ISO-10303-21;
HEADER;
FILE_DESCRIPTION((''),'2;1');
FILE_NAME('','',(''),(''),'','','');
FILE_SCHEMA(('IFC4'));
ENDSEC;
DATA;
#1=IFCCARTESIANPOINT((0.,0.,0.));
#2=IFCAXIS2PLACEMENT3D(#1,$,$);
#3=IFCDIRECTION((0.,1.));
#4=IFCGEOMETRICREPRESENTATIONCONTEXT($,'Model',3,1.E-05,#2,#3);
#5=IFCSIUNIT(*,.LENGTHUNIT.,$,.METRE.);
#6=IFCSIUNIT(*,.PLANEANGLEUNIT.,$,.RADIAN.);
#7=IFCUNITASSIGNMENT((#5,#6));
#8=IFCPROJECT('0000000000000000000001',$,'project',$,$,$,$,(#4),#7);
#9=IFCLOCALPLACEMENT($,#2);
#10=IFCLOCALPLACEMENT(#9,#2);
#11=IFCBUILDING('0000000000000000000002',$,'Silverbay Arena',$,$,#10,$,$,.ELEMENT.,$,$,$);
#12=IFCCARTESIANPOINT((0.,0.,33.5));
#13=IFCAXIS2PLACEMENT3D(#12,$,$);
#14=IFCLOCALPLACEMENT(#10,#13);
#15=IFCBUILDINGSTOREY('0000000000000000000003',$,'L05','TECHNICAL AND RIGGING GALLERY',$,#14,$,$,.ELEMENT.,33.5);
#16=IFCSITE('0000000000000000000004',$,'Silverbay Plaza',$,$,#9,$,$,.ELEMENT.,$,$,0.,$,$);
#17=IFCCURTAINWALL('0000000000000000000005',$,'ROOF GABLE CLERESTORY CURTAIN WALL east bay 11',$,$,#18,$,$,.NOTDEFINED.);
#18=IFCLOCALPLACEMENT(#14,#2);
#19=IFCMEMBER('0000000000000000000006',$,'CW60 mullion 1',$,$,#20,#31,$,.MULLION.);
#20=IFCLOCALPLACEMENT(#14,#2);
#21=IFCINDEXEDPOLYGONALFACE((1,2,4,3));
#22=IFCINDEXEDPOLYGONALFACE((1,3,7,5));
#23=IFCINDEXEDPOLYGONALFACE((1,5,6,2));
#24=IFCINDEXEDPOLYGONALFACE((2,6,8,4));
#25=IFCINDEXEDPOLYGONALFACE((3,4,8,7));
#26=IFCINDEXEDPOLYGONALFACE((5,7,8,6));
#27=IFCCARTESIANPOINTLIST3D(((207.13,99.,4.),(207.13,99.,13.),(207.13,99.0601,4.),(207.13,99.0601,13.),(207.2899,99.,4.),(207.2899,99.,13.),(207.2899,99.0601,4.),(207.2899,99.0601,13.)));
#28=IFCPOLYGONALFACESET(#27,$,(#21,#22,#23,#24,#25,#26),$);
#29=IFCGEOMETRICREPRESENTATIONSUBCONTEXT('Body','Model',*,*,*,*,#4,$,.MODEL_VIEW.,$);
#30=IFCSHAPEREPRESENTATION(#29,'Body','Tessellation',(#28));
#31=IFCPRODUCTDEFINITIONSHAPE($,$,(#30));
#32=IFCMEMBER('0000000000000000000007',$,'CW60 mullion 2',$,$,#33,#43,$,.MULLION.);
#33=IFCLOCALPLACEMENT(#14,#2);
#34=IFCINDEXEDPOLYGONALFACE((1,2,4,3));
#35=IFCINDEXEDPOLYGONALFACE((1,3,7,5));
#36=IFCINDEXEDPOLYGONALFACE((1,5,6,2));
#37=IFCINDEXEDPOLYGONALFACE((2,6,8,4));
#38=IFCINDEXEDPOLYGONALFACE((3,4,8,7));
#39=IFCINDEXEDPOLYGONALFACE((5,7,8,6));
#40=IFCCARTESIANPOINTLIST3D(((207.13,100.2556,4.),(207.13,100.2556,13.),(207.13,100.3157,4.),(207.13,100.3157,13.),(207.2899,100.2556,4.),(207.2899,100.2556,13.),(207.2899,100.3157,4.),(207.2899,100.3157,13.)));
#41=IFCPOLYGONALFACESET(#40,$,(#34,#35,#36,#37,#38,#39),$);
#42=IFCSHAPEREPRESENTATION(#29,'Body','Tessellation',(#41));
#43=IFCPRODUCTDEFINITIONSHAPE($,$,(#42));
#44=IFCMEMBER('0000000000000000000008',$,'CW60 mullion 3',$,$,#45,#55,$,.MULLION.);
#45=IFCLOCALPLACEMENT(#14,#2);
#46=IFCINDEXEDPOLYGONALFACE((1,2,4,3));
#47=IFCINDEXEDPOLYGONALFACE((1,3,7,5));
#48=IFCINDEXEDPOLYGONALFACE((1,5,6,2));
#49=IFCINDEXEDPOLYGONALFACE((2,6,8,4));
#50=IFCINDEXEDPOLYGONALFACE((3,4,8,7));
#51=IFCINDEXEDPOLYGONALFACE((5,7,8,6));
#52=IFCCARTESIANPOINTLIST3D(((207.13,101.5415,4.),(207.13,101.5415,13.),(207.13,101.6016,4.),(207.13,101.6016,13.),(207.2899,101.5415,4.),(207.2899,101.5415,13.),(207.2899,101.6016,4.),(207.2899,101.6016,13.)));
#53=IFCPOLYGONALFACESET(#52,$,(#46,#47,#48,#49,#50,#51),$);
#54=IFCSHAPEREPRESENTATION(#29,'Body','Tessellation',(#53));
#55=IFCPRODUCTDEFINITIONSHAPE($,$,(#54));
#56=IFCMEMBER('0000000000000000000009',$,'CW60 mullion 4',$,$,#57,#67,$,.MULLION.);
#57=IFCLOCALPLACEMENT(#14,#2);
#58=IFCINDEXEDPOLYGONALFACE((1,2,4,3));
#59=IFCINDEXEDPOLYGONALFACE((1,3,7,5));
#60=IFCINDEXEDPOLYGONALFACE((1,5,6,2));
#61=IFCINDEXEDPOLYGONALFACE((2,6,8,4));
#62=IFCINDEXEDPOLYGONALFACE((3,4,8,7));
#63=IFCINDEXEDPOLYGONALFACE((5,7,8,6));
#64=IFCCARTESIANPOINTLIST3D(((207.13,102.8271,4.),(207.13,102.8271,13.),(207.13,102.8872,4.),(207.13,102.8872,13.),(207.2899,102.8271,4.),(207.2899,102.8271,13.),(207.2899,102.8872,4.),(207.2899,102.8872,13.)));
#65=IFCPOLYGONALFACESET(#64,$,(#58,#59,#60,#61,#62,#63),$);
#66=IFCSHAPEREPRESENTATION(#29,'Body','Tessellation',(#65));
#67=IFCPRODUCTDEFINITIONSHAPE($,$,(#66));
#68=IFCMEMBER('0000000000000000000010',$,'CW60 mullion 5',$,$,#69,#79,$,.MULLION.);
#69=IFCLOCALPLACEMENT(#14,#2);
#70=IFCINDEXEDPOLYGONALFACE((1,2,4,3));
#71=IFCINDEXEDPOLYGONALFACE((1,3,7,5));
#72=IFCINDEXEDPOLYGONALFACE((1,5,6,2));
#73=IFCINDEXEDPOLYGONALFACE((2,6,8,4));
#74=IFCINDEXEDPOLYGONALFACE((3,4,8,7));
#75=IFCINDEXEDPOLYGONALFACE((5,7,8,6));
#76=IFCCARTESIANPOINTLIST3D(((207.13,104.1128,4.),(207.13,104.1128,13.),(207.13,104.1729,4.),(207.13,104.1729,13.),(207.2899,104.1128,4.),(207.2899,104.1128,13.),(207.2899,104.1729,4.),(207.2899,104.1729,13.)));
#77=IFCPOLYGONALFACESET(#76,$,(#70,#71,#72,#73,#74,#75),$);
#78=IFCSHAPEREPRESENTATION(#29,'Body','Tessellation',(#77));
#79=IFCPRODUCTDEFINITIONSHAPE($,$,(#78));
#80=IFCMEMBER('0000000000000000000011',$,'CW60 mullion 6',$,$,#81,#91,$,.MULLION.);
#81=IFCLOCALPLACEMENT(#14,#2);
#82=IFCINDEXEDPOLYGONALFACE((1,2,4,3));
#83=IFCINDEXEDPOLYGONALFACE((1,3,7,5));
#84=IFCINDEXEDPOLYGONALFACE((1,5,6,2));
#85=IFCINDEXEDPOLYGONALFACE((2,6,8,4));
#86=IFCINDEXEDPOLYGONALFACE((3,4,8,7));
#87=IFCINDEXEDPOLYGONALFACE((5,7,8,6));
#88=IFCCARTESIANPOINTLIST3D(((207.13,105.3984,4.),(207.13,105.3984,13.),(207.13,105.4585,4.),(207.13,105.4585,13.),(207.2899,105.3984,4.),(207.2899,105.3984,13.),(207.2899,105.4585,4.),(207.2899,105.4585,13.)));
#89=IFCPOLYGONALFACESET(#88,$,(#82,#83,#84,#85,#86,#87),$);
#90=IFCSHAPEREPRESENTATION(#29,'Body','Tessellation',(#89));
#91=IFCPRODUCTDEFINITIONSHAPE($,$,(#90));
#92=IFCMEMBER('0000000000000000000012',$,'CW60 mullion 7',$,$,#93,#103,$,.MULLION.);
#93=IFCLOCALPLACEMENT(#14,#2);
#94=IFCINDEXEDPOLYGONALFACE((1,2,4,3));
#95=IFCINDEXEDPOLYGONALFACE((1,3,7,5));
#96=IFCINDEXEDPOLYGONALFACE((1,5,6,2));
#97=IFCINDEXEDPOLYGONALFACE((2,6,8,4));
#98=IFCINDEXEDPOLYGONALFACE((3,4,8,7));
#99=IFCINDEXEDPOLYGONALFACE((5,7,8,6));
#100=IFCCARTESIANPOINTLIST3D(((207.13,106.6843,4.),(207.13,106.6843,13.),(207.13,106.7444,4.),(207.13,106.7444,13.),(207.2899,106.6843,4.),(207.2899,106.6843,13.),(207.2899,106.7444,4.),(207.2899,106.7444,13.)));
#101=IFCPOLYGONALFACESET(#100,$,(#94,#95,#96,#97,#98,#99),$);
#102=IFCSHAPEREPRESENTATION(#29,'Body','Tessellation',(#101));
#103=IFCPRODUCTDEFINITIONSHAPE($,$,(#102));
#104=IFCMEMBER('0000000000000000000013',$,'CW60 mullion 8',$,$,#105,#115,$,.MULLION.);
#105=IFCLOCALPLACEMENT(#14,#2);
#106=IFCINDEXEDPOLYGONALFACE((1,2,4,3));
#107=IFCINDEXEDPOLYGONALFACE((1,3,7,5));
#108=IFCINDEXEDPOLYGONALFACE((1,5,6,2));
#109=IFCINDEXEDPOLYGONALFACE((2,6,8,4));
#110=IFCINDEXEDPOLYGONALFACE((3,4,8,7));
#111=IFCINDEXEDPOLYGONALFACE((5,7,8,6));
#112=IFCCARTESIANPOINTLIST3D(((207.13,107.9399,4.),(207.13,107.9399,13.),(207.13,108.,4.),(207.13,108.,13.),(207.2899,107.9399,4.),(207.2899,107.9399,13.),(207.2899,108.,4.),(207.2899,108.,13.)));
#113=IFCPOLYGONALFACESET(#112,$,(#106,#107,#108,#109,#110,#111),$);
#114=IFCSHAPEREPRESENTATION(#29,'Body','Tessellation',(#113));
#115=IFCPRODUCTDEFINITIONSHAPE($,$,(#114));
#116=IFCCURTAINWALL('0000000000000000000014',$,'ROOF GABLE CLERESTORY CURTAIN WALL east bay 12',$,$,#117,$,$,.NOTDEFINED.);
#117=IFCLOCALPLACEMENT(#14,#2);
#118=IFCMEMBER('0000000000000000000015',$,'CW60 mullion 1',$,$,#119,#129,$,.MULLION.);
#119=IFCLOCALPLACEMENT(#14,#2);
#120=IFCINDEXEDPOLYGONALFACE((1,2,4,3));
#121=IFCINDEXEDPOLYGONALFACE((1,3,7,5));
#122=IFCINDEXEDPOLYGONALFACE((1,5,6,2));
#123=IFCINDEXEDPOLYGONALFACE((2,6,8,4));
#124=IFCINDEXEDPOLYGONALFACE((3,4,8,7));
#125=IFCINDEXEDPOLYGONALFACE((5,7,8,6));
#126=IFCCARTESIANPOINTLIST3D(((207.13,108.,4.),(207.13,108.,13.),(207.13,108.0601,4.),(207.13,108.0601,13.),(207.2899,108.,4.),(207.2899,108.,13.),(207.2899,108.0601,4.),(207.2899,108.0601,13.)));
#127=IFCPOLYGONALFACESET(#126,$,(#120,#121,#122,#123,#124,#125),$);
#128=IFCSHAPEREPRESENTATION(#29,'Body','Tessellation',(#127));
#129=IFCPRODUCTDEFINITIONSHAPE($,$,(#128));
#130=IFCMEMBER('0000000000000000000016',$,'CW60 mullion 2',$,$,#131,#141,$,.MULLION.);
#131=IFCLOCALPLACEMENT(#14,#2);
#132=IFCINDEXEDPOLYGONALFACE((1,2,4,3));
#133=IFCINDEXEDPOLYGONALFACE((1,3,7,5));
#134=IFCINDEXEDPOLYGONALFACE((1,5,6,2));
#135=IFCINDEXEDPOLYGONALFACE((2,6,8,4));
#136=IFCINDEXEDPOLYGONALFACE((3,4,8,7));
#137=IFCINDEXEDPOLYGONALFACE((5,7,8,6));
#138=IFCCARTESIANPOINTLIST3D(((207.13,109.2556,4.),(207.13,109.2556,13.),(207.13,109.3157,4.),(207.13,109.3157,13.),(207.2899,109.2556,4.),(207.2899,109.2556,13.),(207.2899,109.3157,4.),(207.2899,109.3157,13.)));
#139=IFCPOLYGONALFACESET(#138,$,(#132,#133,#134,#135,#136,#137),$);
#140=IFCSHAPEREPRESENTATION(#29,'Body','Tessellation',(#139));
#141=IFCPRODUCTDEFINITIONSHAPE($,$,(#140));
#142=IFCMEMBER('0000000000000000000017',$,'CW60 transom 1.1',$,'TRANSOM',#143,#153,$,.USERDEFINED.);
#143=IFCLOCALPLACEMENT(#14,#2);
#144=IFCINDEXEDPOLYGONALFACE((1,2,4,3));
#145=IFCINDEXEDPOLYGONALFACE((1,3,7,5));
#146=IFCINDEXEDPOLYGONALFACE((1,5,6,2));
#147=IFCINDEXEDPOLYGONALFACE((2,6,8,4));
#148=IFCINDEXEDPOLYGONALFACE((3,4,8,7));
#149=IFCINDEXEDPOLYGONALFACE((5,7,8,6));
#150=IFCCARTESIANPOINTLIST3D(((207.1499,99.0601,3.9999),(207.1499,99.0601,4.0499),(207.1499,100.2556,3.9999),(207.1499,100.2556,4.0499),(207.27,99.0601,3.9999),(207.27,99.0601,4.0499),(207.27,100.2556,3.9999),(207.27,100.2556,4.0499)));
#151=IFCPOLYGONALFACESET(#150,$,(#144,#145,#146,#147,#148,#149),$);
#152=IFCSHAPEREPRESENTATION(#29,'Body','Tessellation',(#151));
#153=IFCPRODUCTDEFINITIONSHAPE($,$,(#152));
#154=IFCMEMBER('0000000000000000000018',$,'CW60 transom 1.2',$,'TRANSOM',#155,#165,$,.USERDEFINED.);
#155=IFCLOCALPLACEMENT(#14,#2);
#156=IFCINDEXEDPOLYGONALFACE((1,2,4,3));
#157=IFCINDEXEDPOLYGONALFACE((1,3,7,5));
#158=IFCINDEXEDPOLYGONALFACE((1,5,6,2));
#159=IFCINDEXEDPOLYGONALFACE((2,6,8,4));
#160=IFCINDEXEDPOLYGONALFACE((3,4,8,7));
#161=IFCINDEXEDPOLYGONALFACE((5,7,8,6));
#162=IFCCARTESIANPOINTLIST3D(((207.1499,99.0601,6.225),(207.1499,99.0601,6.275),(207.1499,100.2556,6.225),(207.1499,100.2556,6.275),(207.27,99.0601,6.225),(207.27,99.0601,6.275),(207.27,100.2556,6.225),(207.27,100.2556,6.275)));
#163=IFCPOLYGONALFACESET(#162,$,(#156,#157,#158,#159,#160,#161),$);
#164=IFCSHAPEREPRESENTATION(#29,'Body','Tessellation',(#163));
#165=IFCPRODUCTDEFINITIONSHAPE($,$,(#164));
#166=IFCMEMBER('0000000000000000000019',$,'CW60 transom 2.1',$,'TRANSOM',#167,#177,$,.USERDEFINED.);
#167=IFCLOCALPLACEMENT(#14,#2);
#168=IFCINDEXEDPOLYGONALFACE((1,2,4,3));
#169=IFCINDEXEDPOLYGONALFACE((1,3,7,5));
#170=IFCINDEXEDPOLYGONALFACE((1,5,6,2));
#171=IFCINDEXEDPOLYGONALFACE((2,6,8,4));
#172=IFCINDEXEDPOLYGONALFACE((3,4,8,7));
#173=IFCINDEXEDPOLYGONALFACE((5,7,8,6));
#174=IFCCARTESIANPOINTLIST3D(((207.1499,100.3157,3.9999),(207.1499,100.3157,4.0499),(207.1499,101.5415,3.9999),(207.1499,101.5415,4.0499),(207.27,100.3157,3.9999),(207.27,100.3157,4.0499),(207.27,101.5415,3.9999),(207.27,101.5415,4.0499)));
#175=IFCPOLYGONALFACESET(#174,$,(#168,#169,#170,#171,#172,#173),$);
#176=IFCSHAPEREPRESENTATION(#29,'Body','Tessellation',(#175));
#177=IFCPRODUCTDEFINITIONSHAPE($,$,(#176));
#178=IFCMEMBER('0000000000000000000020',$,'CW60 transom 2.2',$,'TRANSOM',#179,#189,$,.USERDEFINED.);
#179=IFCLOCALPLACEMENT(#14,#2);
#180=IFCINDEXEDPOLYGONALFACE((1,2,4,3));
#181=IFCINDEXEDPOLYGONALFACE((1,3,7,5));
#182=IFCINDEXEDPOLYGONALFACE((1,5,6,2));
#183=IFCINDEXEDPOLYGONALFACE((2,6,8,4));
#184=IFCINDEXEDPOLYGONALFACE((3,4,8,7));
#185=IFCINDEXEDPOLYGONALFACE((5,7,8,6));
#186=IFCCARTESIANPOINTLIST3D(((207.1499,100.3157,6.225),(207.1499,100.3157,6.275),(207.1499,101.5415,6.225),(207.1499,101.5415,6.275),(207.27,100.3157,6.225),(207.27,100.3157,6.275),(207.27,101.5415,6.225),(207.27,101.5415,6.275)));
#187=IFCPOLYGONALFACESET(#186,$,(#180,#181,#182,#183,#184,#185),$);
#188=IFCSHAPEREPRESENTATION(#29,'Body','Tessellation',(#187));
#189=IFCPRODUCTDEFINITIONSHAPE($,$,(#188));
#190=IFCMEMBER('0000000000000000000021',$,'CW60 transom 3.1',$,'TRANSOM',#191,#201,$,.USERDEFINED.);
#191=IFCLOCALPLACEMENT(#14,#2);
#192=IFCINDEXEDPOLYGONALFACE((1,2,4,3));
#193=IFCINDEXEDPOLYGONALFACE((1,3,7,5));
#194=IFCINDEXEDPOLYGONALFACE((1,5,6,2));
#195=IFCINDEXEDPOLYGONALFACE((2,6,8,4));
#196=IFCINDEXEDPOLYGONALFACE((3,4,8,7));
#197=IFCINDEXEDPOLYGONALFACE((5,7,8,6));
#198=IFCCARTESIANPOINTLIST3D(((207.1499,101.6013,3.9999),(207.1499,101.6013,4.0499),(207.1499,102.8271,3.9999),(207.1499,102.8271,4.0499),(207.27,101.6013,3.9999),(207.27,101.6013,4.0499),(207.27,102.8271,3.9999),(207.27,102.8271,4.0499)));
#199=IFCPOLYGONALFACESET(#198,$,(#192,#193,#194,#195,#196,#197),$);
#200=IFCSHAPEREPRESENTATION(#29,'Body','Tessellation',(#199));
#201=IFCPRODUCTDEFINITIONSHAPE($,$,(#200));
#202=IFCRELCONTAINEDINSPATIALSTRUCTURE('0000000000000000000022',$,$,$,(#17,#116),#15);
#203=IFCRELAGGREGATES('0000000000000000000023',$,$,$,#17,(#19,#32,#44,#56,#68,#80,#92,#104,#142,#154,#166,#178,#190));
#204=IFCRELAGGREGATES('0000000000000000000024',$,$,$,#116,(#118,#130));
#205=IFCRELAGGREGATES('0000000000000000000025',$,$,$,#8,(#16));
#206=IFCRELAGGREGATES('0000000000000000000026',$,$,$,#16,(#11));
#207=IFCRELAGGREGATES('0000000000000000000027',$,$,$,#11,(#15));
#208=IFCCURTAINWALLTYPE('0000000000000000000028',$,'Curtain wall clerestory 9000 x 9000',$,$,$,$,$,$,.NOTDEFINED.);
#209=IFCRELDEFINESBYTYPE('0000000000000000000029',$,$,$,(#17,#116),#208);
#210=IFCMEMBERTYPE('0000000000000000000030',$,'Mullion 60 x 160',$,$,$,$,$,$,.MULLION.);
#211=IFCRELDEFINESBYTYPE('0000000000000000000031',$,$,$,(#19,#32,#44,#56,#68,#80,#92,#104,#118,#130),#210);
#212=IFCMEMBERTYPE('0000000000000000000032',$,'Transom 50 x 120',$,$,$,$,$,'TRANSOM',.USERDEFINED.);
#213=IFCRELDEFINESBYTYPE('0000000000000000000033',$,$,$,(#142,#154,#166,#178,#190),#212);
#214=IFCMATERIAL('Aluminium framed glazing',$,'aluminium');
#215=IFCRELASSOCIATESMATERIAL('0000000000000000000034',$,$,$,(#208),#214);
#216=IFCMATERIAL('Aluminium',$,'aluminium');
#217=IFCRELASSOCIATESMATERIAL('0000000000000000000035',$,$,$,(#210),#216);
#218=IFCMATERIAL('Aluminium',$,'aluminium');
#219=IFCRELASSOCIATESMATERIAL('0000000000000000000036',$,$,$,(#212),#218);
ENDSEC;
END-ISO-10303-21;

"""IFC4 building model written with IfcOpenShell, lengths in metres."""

from ifc_helpers import new_model, si_unit, direction, frame, origin, origin_2d, place, context, subcontext, project, spatial, rectangle, extrude, material, material_profile, profile_set, type_object, element, aggregate, save


model = new_model("IFC4")

# Units and contexts
model_context = context("Model", 3, precision=1e-05, world=origin(), true_north=direction((0.0, 1.0)))
body_context = subcontext(model_context, "Body", "Model", "MODEL_VIEW")
ifc_project = project(units=[si_unit("LENGTHUNIT", "METRE"), si_unit("PLANEANGLEUNIT", "RADIAN")], contexts=[model_context])

# Site, building, storey
site_placement = place(None, origin())
site = spatial("IfcSite", under=ifc_project, at=site_placement, Name="Silverbay Plaza", CompositionType="ELEMENT", RefElevation=0.0)
building_placement = place(site_placement, origin())
building = spatial("IfcBuilding", under=site, at=building_placement, Name="Silverbay Arena", CompositionType="ELEMENT")
storey_placement = place(building_placement, frame((0.0, 0.0, 33.5)))
storey = spatial("IfcBuildingStorey", under=building, at=storey_placement, Name="L05", Description="TECHNICAL AND RIGGING GALLERY", CompositionType="ELEMENT", Elevation=33.5)

# Curtain walls, members
ifc_material_1 = material(Name="Aluminium framed glazing", Category="aluminium")
curtain_wall_type = type_object("IfcCurtainWallType", Name="Curtain wall clerestory 9000 x 9000", PredefinedType="NOTDEFINED", material=ifc_material_1)
curtain_wall_1_placement = place(storey_placement, origin())
curtain_wall_1 = element("IfcCurtainWall", 1, at=curtain_wall_1_placement, inside=storey, type_object=curtain_wall_type, Name="ROOF GABLE CLERESTORY CURTAIN WALL east bay 11", PredefinedType="NOTDEFINED")
ifc_material_2 = material(Name="Aluminium", Category="aluminium")
ifc_material_profile_1 = material_profile(ifc_material_2, rectangle(XDim=0.1599, YDim=0.0601, at=origin_2d()), Name="Mullion 60 x 160")
ifc_profile_set_1 = profile_set([ifc_material_profile_1], Name="Aluminium")
member_type_1 = type_object("IfcMemberType", Name="Mullion 60 x 160", PredefinedType="MULLION", material=ifc_profile_set_1)
member_1_placement = place(storey_placement, frame((207.21, 99.03, 4.0), z_axis=(0.0, 0.0, 1.0), x_axis=(-1.0, 0.0, 0.0)))
member_1 = element("IfcMember", 2, at=member_1_placement, type_object=member_type_1, Name="CW60 mullion 1", PredefinedType="MULLION", context=body_context, shape_type="SweptSolid", body=[
    extrude(rectangle(XDim=0.1599, YDim=0.0601, at=origin_2d()), origin(), (0.0, 0.0, 1.0), 9.0),
])
member_2_placement = place(storey_placement, frame((207.21, 100.2856, 4.0), z_axis=(0.0, 0.0, 1.0), x_axis=(-1.0, 0.0, 0.0)))
member_2 = element("IfcMember", 3, at=member_2_placement, type_object=member_type_1, Name="CW60 mullion 2", PredefinedType="MULLION", context=body_context, shape_type="SweptSolid", body=[
    extrude(rectangle(XDim=0.1599, YDim=0.0601, at=origin_2d()), origin(), (0.0, 0.0, 1.0), 9.0),
])
member_3_placement = place(storey_placement, frame((207.21, 101.5715, 4.0), z_axis=(0.0, 0.0, 1.0), x_axis=(-1.0, 0.0, 0.0)))
member_3 = element("IfcMember", 4, at=member_3_placement, type_object=member_type_1, Name="CW60 mullion 3", PredefinedType="MULLION", context=body_context, shape_type="SweptSolid", body=[
    extrude(rectangle(XDim=0.1599, YDim=0.0601, at=origin_2d()), origin(), (0.0, 0.0, 1.0), 9.0),
])
member_4_placement = place(storey_placement, frame((207.21, 102.8572, 4.0), z_axis=(0.0, 0.0, 1.0), x_axis=(-1.0, 0.0, 0.0)))
member_4 = element("IfcMember", 5, at=member_4_placement, type_object=member_type_1, Name="CW60 mullion 4", PredefinedType="MULLION", context=body_context, shape_type="SweptSolid", body=[
    extrude(rectangle(XDim=0.1599, YDim=0.0601, at=origin_2d()), origin(), (0.0, 0.0, 1.0), 9.0),
])
member_5_placement = place(storey_placement, frame((207.21, 104.1428, 4.0), z_axis=(0.0, 0.0, 1.0), x_axis=(-1.0, 0.0, 0.0)))
member_5 = element("IfcMember", 6, at=member_5_placement, type_object=member_type_1, Name="CW60 mullion 5", PredefinedType="MULLION", context=body_context, shape_type="SweptSolid", body=[
    extrude(rectangle(XDim=0.1599, YDim=0.0601, at=origin_2d()), origin(), (0.0, 0.0, 1.0), 9.0),
])
member_6_placement = place(storey_placement, frame((207.21, 105.4285, 4.0), z_axis=(0.0, 0.0, 1.0), x_axis=(-1.0, 0.0, 0.0)))
member_6 = element("IfcMember", 7, at=member_6_placement, type_object=member_type_1, Name="CW60 mullion 6", PredefinedType="MULLION", context=body_context, shape_type="SweptSolid", body=[
    extrude(rectangle(XDim=0.1599, YDim=0.0601, at=origin_2d()), origin(), (0.0, 0.0, 1.0), 9.0),
])
member_7_placement = place(storey_placement, frame((207.21, 106.7144, 4.0), z_axis=(0.0, 0.0, 1.0), x_axis=(-1.0, 0.0, 0.0)))
member_7 = element("IfcMember", 8, at=member_7_placement, type_object=member_type_1, Name="CW60 mullion 7", PredefinedType="MULLION", context=body_context, shape_type="SweptSolid", body=[
    extrude(rectangle(XDim=0.1599, YDim=0.0601, at=origin_2d()), origin(), (0.0, 0.0, 1.0), 9.0),
])
member_8_placement = place(storey_placement, frame((207.21, 107.97, 4.0), z_axis=(0.0, 0.0, 1.0), x_axis=(-1.0, 0.0, 0.0)))
member_8 = element("IfcMember", 9, at=member_8_placement, type_object=member_type_1, Name="CW60 mullion 8", PredefinedType="MULLION", context=body_context, shape_type="SweptSolid", body=[
    extrude(rectangle(XDim=0.1599, YDim=0.0601, at=origin_2d()), origin(), (0.0, 0.0, 1.0), 9.0),
])
curtain_wall_2_placement = place(storey_placement, origin())
curtain_wall_2 = element("IfcCurtainWall", 10, at=curtain_wall_2_placement, inside=storey, type_object=curtain_wall_type, Name="ROOF GABLE CLERESTORY CURTAIN WALL east bay 12", PredefinedType="NOTDEFINED")
member_9_placement = place(storey_placement, frame((207.21, 108.03, 4.0), z_axis=(0.0, 0.0, 1.0), x_axis=(-1.0, 0.0, 0.0)))
member_9 = element("IfcMember", 11, at=member_9_placement, type_object=member_type_1, Name="CW60 mullion 1", PredefinedType="MULLION", context=body_context, shape_type="SweptSolid", body=[
    extrude(rectangle(XDim=0.1599, YDim=0.0601, at=origin_2d()), origin(), (0.0, 0.0, 1.0), 9.0),
])
member_10_placement = place(storey_placement, frame((207.21, 109.2856, 4.0), z_axis=(0.0, 0.0, 1.0), x_axis=(-1.0, 0.0, 0.0)))
member_10 = element("IfcMember", 12, at=member_10_placement, type_object=member_type_1, Name="CW60 mullion 2", PredefinedType="MULLION", context=body_context, shape_type="SweptSolid", body=[
    extrude(rectangle(XDim=0.1599, YDim=0.0601, at=origin_2d()), origin(), (0.0, 0.0, 1.0), 9.0),
])

# Members
ifc_material_3 = material(Name="Aluminium", Category="aluminium")
ifc_material_profile_2 = material_profile(ifc_material_3, rectangle(XDim=0.1201, YDim=0.05, at=origin_2d()), Name="Transom 50 x 120")
ifc_profile_set_2 = profile_set([ifc_material_profile_2], Name="Aluminium")
member_type_2 = type_object("IfcMemberType", Name="Transom 50 x 120", ElementType="TRANSOM", PredefinedType="USERDEFINED", material=ifc_profile_set_2)
member_11_placement = place(storey_placement, frame((207.21, 99.0601, 4.0249), z_axis=(0.0, 1.0, 0.0), x_axis=(-1.0, 0.0, 0.0)))
member_11 = element("IfcMember", 13, at=member_11_placement, type_object=member_type_2, Name="CW60 transom 1.1", ObjectType="TRANSOM", PredefinedType="USERDEFINED", context=body_context, shape_type="SweptSolid", body=[
    extrude(rectangle(XDim=0.1201, YDim=0.05, at=origin_2d()), origin(), (0.0, 0.0, 1.0), 1.1956),
])
member_12_placement = place(storey_placement, frame((207.21, 99.0601, 6.25), z_axis=(0.0, 1.0, 0.0), x_axis=(-1.0, 0.0, 0.0)))
member_12 = element("IfcMember", 14, at=member_12_placement, type_object=member_type_2, Name="CW60 transom 1.2", ObjectType="TRANSOM", PredefinedType="USERDEFINED", context=body_context, shape_type="SweptSolid", body=[
    extrude(rectangle(XDim=0.1201, YDim=0.05, at=origin_2d()), origin(), (0.0, 0.0, 1.0), 1.1956),
])
member_13_placement = place(storey_placement, frame((207.21, 100.3157, 4.0249), z_axis=(0.0, 1.0, 0.0), x_axis=(-1.0, 0.0, 0.0)))
member_13 = element("IfcMember", 15, at=member_13_placement, type_object=member_type_2, Name="CW60 transom 2.1", ObjectType="TRANSOM", PredefinedType="USERDEFINED", context=body_context, shape_type="SweptSolid", body=[
    extrude(rectangle(XDim=0.1201, YDim=0.05, at=origin_2d()), origin(), (0.0, 0.0, 1.0), 1.2258),
])
member_14_placement = place(storey_placement, frame((207.21, 100.3157, 6.25), z_axis=(0.0, 1.0, 0.0), x_axis=(-1.0, 0.0, 0.0)))
member_14 = element("IfcMember", 16, at=member_14_placement, type_object=member_type_2, Name="CW60 transom 2.2", ObjectType="TRANSOM", PredefinedType="USERDEFINED", context=body_context, shape_type="SweptSolid", body=[
    extrude(rectangle(XDim=0.1201, YDim=0.05, at=origin_2d()), origin(), (0.0, 0.0, 1.0), 1.2258),
])
member_15_placement = place(storey_placement, frame((207.21, 101.6013, 4.0249), z_axis=(0.0, 1.0, 0.0), x_axis=(-1.0, 0.0, 0.0)))
member_15 = element("IfcMember", 17, at=member_15_placement, type_object=member_type_2, Name="CW60 transom 3.1", ObjectType="TRANSOM", PredefinedType="USERDEFINED", context=body_context, shape_type="SweptSolid", body=[
    extrude(rectangle(XDim=0.1201, YDim=0.05, at=origin_2d()), origin(), (0.0, 0.0, 1.0), 1.2258),
])
aggregate(curtain_wall_1, [member_1, member_2, member_3, member_4, member_5, member_6, member_7, member_8, member_11, member_12, member_13, member_14, member_15])
aggregate(curtain_wall_2, [member_9, member_10])

save(model, "model.ifc")
